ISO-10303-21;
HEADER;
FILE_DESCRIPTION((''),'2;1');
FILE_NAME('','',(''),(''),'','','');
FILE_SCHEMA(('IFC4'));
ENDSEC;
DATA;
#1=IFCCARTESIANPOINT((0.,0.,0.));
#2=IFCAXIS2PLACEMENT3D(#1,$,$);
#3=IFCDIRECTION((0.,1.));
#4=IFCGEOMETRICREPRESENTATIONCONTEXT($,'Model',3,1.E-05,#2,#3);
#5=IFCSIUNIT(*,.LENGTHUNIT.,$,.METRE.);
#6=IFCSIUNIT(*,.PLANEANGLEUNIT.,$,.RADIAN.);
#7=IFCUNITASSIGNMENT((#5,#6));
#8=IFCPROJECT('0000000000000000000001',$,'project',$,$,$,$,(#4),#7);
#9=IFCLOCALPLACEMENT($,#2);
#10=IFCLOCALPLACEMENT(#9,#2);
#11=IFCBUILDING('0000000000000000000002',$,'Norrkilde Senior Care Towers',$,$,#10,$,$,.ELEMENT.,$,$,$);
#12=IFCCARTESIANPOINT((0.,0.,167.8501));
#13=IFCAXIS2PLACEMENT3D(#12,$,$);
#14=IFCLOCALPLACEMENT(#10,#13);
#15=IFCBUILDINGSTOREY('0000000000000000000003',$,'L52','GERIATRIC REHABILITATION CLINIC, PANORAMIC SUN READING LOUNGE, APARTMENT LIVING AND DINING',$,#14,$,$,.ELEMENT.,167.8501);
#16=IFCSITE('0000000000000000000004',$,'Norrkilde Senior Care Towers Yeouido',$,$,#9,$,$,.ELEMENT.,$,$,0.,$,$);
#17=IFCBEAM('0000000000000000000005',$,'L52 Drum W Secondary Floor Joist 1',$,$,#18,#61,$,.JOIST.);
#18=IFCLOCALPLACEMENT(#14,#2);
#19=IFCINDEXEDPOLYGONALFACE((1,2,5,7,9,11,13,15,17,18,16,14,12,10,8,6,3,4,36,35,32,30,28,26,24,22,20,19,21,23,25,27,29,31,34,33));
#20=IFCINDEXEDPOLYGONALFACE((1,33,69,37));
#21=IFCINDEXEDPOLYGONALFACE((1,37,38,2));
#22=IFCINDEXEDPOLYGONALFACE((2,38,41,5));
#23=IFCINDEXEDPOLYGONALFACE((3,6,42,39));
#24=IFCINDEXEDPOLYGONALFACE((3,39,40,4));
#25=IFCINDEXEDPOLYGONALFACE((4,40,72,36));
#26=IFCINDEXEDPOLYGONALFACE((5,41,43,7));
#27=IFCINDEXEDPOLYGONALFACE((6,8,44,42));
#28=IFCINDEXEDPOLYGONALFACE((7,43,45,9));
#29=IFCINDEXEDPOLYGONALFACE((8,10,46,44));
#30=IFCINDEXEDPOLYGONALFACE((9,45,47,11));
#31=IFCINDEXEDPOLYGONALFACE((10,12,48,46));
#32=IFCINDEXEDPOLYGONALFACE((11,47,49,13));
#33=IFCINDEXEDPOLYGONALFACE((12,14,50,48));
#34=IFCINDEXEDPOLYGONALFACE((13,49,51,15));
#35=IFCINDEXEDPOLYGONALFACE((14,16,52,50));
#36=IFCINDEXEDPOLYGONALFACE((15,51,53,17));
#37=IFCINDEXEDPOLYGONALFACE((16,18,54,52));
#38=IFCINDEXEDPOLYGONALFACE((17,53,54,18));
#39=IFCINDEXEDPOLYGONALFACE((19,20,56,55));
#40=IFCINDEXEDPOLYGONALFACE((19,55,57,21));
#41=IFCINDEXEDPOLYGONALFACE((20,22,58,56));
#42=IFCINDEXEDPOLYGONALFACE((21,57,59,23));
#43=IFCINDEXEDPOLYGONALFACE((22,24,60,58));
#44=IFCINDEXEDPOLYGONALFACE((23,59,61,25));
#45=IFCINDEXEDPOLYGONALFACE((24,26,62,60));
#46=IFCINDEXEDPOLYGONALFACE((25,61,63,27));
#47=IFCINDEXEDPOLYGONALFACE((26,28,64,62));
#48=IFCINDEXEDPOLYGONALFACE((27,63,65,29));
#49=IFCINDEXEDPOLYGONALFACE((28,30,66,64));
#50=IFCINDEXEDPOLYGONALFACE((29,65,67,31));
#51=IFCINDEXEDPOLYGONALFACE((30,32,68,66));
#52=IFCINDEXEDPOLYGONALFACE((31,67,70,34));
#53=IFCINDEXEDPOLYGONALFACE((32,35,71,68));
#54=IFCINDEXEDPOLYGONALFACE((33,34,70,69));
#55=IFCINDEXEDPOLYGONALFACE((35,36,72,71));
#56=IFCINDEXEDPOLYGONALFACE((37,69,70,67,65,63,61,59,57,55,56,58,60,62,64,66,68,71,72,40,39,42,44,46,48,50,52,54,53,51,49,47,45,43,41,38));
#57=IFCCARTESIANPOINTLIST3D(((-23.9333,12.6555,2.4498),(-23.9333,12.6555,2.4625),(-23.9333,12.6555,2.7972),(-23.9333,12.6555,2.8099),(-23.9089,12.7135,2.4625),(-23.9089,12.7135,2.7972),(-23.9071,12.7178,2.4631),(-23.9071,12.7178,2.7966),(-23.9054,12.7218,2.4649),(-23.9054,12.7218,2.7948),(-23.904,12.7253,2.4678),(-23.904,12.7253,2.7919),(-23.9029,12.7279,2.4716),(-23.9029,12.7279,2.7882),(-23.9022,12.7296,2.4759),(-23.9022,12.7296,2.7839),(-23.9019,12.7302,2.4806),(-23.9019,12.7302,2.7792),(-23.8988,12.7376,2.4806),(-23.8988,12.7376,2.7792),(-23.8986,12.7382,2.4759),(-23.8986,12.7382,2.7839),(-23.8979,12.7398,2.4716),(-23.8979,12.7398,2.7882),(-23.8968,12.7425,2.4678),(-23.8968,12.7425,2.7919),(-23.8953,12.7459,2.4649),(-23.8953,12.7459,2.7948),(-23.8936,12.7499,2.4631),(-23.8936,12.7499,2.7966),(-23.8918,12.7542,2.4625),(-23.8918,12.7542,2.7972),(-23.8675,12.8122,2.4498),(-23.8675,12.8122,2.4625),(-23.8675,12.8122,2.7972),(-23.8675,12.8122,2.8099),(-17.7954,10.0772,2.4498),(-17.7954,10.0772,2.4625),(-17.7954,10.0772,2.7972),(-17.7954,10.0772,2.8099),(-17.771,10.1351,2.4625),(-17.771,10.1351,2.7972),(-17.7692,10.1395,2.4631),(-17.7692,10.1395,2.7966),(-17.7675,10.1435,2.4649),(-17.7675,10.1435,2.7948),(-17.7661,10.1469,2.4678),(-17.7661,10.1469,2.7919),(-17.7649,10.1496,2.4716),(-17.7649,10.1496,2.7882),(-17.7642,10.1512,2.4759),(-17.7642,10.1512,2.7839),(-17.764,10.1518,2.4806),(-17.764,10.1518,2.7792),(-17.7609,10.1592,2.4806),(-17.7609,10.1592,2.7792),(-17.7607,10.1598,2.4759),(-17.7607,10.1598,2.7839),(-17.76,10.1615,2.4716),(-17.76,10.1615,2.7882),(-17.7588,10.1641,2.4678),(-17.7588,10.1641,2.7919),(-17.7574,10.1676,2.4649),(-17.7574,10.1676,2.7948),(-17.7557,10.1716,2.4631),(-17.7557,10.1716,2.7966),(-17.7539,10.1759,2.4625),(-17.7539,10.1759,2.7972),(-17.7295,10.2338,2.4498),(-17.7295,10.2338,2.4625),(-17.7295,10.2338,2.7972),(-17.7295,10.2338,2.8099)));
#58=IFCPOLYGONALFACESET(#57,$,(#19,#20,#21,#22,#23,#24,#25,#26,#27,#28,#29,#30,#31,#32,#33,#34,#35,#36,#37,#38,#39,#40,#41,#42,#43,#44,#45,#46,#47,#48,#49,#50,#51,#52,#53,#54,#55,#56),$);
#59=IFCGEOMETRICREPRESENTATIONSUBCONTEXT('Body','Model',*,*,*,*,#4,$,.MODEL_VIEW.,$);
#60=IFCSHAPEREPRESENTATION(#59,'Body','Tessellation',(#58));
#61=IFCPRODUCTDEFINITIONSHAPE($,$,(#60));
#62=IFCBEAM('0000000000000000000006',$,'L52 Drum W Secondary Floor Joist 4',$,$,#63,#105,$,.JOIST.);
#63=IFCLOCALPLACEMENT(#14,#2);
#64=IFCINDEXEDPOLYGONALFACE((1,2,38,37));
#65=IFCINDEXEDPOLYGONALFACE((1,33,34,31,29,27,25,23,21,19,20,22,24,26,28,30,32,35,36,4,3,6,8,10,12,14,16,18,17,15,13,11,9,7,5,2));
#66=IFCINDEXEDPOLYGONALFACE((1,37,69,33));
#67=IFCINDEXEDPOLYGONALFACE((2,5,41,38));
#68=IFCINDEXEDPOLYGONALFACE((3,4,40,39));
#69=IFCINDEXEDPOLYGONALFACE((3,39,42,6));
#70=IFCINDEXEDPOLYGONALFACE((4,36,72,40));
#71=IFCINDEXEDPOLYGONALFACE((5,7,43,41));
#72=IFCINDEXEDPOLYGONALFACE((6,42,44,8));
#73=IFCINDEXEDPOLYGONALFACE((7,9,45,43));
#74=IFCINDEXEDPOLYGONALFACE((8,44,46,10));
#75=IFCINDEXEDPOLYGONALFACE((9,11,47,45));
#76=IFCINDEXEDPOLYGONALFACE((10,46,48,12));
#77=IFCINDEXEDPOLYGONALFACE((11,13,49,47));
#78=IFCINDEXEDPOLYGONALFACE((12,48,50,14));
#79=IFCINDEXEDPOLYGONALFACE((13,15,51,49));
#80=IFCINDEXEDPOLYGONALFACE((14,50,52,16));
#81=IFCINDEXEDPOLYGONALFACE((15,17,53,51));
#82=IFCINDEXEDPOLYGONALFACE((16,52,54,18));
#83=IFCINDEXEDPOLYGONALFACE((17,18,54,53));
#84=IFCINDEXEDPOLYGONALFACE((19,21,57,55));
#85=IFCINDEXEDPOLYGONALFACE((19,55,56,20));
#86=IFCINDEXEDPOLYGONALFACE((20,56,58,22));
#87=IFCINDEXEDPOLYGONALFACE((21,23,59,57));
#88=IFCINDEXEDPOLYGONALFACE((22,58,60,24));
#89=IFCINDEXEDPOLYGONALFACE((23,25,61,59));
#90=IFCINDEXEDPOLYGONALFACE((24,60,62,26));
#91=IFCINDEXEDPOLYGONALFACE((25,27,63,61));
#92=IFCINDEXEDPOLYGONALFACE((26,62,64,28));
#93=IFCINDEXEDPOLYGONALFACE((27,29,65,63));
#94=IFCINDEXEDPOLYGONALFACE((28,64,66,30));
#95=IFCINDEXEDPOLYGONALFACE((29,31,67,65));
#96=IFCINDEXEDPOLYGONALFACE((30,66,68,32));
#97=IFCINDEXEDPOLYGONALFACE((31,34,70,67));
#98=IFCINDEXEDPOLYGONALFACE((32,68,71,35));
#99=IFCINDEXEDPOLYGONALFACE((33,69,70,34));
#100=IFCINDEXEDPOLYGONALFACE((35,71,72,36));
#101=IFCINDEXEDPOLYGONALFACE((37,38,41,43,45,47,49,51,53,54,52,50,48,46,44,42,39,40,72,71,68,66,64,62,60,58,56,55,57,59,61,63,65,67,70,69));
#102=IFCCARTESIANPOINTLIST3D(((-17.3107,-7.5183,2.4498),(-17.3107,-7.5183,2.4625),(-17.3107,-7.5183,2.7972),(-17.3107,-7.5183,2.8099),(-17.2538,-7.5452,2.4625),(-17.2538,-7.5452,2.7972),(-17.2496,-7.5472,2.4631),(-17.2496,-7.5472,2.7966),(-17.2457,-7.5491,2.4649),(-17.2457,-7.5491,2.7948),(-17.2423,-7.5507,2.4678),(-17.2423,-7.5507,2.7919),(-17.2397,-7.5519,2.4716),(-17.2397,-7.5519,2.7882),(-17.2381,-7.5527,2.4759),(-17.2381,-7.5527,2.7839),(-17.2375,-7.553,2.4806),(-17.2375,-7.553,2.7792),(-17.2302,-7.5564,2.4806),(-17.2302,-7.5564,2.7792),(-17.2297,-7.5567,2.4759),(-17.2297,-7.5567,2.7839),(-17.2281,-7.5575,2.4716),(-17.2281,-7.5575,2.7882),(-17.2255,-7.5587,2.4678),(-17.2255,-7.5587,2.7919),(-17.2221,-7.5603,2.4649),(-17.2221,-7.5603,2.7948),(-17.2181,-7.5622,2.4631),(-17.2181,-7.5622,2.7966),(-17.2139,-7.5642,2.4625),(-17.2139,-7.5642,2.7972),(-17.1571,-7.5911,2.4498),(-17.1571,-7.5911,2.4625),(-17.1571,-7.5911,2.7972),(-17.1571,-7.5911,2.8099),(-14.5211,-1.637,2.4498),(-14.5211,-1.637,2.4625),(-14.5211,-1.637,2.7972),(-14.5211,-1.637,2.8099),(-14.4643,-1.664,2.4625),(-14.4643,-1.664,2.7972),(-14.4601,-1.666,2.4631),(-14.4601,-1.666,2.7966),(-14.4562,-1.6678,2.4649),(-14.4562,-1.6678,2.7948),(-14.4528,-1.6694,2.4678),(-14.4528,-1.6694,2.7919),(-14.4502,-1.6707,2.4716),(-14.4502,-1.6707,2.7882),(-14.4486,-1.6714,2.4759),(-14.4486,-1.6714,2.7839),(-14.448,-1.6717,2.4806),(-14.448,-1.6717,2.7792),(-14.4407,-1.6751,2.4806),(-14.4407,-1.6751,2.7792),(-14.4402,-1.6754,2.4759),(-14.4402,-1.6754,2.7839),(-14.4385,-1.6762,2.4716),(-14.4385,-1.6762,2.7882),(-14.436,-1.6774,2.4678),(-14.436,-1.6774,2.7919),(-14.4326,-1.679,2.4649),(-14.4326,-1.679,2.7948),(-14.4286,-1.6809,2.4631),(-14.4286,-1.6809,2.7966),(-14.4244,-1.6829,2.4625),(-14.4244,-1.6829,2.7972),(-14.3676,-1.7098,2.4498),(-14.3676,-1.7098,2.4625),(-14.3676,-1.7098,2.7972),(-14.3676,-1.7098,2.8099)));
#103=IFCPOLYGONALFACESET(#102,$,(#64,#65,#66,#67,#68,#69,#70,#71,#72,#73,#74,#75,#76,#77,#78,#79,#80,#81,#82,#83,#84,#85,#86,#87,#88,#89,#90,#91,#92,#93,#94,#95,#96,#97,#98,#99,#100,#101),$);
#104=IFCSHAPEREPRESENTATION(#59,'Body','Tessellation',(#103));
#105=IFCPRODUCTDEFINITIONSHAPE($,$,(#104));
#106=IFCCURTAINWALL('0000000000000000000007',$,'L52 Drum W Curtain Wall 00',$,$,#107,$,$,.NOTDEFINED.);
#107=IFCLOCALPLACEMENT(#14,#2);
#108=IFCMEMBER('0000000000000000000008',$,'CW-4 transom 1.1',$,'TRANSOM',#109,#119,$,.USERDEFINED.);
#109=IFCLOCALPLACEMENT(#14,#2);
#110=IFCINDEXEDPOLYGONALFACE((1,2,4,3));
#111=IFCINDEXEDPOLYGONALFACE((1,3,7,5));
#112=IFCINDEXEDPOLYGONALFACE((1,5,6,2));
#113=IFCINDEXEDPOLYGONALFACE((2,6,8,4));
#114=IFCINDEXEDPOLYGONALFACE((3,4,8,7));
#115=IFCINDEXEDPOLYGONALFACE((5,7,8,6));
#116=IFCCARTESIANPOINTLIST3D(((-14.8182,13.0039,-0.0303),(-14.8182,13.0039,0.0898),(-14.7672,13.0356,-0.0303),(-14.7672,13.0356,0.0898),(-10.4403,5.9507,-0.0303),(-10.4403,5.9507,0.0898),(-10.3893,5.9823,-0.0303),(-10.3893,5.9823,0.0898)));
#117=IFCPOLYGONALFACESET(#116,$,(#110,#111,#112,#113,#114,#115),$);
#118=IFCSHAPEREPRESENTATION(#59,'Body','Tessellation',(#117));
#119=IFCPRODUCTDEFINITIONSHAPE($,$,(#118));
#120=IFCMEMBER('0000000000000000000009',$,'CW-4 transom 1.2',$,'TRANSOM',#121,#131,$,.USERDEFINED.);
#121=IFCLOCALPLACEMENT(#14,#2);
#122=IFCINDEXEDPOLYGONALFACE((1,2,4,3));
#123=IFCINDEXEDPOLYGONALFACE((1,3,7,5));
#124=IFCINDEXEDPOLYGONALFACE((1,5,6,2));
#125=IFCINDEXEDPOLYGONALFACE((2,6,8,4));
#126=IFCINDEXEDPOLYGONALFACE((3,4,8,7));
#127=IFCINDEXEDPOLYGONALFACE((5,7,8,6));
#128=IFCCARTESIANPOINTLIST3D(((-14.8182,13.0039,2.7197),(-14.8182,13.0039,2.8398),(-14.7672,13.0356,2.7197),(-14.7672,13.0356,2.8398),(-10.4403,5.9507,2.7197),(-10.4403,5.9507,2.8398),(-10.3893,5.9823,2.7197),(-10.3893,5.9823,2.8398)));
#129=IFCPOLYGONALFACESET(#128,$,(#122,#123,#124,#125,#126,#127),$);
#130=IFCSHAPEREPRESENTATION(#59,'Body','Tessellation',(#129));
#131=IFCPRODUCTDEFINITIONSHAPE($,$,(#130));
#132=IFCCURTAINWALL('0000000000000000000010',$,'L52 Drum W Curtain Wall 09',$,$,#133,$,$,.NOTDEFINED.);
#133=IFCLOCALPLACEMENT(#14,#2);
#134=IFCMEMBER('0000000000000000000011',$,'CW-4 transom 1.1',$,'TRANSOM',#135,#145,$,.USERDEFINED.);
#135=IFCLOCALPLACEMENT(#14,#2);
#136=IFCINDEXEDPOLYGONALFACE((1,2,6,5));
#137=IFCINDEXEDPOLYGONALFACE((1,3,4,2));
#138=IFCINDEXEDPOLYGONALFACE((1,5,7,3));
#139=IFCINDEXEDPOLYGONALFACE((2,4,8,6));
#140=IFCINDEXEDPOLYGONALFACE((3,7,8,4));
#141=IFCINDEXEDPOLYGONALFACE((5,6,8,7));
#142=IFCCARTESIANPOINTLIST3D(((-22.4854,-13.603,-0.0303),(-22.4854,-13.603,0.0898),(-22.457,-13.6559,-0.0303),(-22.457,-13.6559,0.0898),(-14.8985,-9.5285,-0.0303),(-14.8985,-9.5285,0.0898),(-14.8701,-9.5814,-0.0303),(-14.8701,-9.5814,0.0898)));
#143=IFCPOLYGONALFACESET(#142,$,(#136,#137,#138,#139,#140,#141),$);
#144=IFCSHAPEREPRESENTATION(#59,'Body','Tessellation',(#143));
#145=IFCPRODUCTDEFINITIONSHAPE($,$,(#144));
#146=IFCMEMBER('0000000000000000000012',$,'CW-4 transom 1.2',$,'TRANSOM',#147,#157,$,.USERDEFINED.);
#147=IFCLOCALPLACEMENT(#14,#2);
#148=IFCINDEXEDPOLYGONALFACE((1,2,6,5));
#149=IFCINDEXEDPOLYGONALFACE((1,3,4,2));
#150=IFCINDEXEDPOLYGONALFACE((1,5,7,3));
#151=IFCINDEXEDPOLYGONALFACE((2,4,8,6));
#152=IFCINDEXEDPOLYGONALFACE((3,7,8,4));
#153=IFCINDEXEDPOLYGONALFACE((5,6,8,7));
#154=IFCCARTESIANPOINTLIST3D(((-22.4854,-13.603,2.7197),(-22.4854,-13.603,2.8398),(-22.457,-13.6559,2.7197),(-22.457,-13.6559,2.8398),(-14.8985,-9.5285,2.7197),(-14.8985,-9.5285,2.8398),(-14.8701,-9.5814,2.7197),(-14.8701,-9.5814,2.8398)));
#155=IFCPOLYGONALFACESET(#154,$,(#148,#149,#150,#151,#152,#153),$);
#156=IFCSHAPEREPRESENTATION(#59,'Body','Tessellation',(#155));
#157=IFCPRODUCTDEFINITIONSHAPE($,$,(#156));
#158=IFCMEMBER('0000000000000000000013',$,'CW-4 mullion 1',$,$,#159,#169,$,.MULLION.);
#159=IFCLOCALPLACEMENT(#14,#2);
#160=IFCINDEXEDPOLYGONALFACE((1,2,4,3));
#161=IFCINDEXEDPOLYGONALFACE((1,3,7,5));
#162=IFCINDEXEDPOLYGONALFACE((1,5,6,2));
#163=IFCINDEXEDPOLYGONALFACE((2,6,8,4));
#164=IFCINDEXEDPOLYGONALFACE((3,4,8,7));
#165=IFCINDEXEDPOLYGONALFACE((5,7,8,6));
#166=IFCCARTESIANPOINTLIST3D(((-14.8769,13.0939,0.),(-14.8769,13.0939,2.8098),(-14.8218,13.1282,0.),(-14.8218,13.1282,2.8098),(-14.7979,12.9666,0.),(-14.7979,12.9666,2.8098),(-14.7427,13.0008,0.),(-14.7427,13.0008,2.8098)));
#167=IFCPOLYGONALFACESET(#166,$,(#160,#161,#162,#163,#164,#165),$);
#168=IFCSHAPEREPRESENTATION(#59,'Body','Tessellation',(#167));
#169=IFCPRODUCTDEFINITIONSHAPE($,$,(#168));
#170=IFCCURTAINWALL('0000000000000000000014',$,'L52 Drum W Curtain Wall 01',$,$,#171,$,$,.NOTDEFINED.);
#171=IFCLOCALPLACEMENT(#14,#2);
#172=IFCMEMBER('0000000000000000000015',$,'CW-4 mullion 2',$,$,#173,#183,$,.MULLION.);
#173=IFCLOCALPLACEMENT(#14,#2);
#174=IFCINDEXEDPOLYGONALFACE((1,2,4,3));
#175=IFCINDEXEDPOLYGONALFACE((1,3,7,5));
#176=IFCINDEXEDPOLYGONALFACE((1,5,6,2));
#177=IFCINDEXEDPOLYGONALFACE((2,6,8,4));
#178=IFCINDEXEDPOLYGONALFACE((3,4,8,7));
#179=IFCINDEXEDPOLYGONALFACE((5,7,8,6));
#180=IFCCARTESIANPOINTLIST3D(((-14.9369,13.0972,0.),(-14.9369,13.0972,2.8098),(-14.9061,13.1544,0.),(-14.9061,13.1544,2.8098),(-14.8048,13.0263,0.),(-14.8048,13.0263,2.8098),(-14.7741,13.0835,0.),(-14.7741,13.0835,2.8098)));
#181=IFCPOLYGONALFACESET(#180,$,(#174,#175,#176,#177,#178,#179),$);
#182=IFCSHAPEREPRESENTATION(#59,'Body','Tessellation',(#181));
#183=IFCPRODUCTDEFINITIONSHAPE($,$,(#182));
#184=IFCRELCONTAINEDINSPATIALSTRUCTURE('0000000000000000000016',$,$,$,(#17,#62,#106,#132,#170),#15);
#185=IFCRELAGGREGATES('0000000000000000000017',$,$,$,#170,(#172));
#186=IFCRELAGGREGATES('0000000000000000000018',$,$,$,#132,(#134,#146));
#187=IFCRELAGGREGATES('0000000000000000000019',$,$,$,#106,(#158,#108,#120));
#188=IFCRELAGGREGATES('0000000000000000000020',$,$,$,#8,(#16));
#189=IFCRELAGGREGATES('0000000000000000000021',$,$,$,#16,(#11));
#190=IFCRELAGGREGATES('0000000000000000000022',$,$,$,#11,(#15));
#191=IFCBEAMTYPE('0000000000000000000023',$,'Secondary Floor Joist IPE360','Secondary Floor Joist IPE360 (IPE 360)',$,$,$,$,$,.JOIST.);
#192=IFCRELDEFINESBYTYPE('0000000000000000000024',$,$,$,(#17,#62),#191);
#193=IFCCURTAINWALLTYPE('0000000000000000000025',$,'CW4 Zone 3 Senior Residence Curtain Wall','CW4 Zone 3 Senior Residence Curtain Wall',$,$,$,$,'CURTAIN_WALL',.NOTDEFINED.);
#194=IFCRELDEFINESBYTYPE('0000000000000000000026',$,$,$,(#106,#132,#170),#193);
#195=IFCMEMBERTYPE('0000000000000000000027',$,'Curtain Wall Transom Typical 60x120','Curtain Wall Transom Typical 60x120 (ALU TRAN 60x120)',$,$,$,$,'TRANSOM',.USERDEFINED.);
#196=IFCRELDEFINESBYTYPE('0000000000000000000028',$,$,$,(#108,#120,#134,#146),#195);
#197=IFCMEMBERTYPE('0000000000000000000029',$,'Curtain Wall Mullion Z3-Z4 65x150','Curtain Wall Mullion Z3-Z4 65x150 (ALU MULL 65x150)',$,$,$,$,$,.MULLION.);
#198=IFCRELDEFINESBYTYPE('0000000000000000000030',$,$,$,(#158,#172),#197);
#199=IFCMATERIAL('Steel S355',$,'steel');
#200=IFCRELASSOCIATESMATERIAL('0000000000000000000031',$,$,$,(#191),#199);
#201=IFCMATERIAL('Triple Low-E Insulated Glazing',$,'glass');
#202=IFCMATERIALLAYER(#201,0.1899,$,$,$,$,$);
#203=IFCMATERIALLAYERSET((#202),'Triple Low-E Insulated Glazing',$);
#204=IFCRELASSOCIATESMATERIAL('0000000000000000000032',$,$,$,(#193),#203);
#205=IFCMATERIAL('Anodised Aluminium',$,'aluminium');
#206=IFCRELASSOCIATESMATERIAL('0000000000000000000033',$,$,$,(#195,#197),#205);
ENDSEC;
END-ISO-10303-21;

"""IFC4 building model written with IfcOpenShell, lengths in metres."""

from ifc_helpers import new_model, si_unit, direction, frame, origin, origin_2d, place, context, subcontext, project, spatial, rectangle, i_section, extrude, source, transform, mapped, material, layer, layer_set, material_profile, profile_set, type_object, type_shapes, element, aggregate, save


model = new_model("IFC4")

# Units and contexts
model_context = context("Model", 3, precision=1e-05, world=origin(), true_north=direction((0.0, 1.0)))
body_context = subcontext(model_context, "Body", "Model", "MODEL_VIEW")
ifc_project = project(units=[si_unit("LENGTHUNIT", "METRE"), si_unit("PLANEANGLEUNIT", "RADIAN")], contexts=[model_context])

# Site, building, storey
site_placement = place(None, origin())
site = spatial("IfcSite", under=ifc_project, at=site_placement, Name="Norrkilde Senior Care Towers Yeouido", CompositionType="ELEMENT", RefElevation=0.0)
building_placement = place(site_placement, origin())
building = spatial("IfcBuilding", under=site, at=building_placement, Name="Norrkilde Senior Care Towers", CompositionType="ELEMENT")
storey_placement = place(building_placement, frame((0.0, 0.0, 167.8501)))
storey = spatial("IfcBuildingStorey", under=building, at=storey_placement, Name="L52", Description="GERIATRIC REHABILITATION CLINIC, PANORAMIC SUN READING LOUNGE, APARTMENT LIVING AND DINING", CompositionType="ELEMENT", Elevation=167.8501)

# Beams
ifc_material_1 = material(Name="Steel S355", Category="steel")
ifc_material_profile_1 = material_profile(ifc_material_1, i_section(OverallWidth=0.1699, OverallDepth=0.3601, WebThickness=0.0081, FlangeThickness=0.0127, FilletRadius=0.0181, at=origin_2d()), Name="IPE 360")
ifc_profile_set_1 = profile_set([ifc_material_profile_1], Name="Steel S355")
beam_type_1 = type_object("IfcBeamType", Name="Secondary Floor Joist IPE360", Description="Secondary Floor Joist IPE360 (IPE 360)", PredefinedType="JOIST", material=ifc_profile_set_1)
shared_shape_1 = source(origin(), body_context, "Body", "SweptSolid", [
    extrude(i_section(OverallWidth=0.1699, OverallDepth=0.3601, WebThickness=0.0081, FlangeThickness=0.0127, FilletRadius=0.0181, at=origin_2d()), origin(), (0.0, 0.0, 1.0), 6.6575),
])
beam_1_placement = place(storey_placement, frame((-17.7625, 10.1555, 2.6299), z_axis=(-0.921959, 0.387288, 0.0), x_axis=(-0.387288, -0.921959, 0.0)))
element("IfcBeam", 1, at=beam_1_placement, inside=storey, type_object=beam_type_1, Name="L52 Drum W Secondary Floor Joist 1", PredefinedType="JOIST", context=body_context, shape_type="MappedRepresentation", body=[
    mapped(shared_shape_1, transform((0.0, 0.0, 0.0), x_axis=(1.0, 0.0, 0.0), y_axis=(0.0, 1.0, 0.0), z_axis=(0.0, 0.0, 1.0), scale=1.0)),
])
shared_shape_2 = source(origin(), body_context, "Body", "SweptSolid", [
    extrude(i_section(OverallWidth=0.1699, OverallDepth=0.3601, WebThickness=0.0081, FlangeThickness=0.0127, FilletRadius=0.0181, at=origin_2d()), origin(), (0.0, 0.0, 1.0), 6.5093),
])
type_shapes(beam_type_1, [shared_shape_1, shared_shape_2])
beam_2_placement = place(storey_placement, frame((-17.2339, -7.5547, 2.6299), z_axis=(0.428544, 0.903521, 0.0), x_axis=(-0.903521, 0.428544, 0.0)))
element("IfcBeam", 2, at=beam_2_placement, inside=storey, type_object=beam_type_1, Name="L52 Drum W Secondary Floor Joist 4", PredefinedType="JOIST", context=body_context, shape_type="MappedRepresentation", body=[
    mapped(shared_shape_2, transform((0.0, 0.0, 0.0), x_axis=(1.0, 0.0, 0.0), y_axis=(0.0, 1.0, 0.0), z_axis=(0.0, 0.0, 1.0), scale=1.0)),
])

# Curtain walls, members
ifc_material_2 = material(Name="Triple Low-E Insulated Glazing", Category="glass")
ifc_layer_1 = layer(ifc_material_2, 0.1899)
ifc_layer_set_1 = layer_set([ifc_layer_1], Name="Triple Low-E Insulated Glazing")
curtain_wall_type = type_object("IfcCurtainWallType", Name="CW4 Zone 3 Senior Residence Curtain Wall", Description="CW4 Zone 3 Senior Residence Curtain Wall", ElementType="CURTAIN_WALL", PredefinedType="NOTDEFINED", material=ifc_layer_set_1)
curtain_wall_1_placement = place(storey_placement, origin())
curtain_wall_1 = element("IfcCurtainWall", 3, at=curtain_wall_1_placement, inside=storey, type_object=curtain_wall_type, Name="L52 Drum W Curtain Wall 00", PredefinedType="NOTDEFINED")
ifc_material_3 = material(Name="Anodised Aluminium", Category="aluminium")
ifc_material_profile_2 = material_profile(ifc_material_3, rectangle(XDim=0.0601, YDim=0.1201, at=origin_2d()), Name="ALU TRAN 60x120")
ifc_profile_set_2 = profile_set([ifc_material_profile_2], Name="Anodised Aluminium")
member_type_1 = type_object("IfcMemberType", Name="Curtain Wall Transom Typical 60x120", Description="Curtain Wall Transom Typical 60x120 (ALU TRAN 60x120)", ElementType="TRANSOM", PredefinedType="USERDEFINED", material=ifc_profile_set_2)
shared_shape_3 = source(origin(), body_context, "Body", "SweptSolid", [
    extrude(rectangle(XDim=0.0601, YDim=0.1201, at=origin_2d()), origin(), (0.0, 0.0, 1.0), 8.3015),
])
member_1_placement = place(storey_placement, frame((-14.7927, 13.0198, 0.0298), z_axis=(0.527369, -0.849637, 0.0), x_axis=(0.849637, 0.527369, 0.0)))
member_1 = element("IfcMember", 4, at=member_1_placement, type_object=member_type_1, Name="CW-4 transom 1.1", ObjectType="TRANSOM", PredefinedType="USERDEFINED", context=body_context, shape_type="MappedRepresentation", body=[
    mapped(shared_shape_3, transform((0.0, 0.0, 0.0), x_axis=(1.0, 0.0, 0.0), y_axis=(0.0, 1.0, 0.0), z_axis=(0.0, 0.0, 1.0), scale=1.0)),
])
member_2_placement = place(storey_placement, frame((-14.7927, 13.0198, 2.7798), z_axis=(0.527369, -0.849637, 0.0), x_axis=(0.849637, 0.527369, 0.0)))
member_2 = element("IfcMember", 5, at=member_2_placement, type_object=member_type_1, Name="CW-4 transom 1.2", ObjectType="TRANSOM", PredefinedType="USERDEFINED", context=body_context, shape_type="MappedRepresentation", body=[
    mapped(shared_shape_3, transform((0.0, 0.0, 0.0), x_axis=(1.0, 0.0, 0.0), y_axis=(0.0, 1.0, 0.0), z_axis=(0.0, 0.0, 1.0), scale=1.0)),
])
curtain_wall_2_placement = place(storey_placement, origin())
curtain_wall_2 = element("IfcCurtainWall", 6, at=curtain_wall_2_placement, inside=storey, type_object=curtain_wall_type, Name="L52 Drum W Curtain Wall 09", PredefinedType="NOTDEFINED")
shared_shape_4 = source(origin(), body_context, "Body", "SweptSolid", [
    extrude(rectangle(XDim=0.0601, YDim=0.1201, at=origin_2d()), origin(), (0.0, 0.0, 1.0), 8.6118),
])
type_shapes(member_type_1, [shared_shape_3, shared_shape_4])
member_3_placement = place(storey_placement, frame((-14.8843, -9.5549, 0.0298), z_axis=(-0.880994, -0.473127, 0.0), x_axis=(0.473127, -0.880994, 0.0)))
member_3 = element("IfcMember", 7, at=member_3_placement, type_object=member_type_1, Name="CW-4 transom 1.1", ObjectType="TRANSOM", PredefinedType="USERDEFINED", context=body_context, shape_type="MappedRepresentation", body=[
    mapped(shared_shape_4, transform((0.0, 0.0, 0.0), x_axis=(1.0, 0.0, 0.0), y_axis=(0.0, 1.0, 0.0), z_axis=(0.0, 0.0, 1.0), scale=1.0)),
])
member_4_placement = place(storey_placement, frame((-14.8843, -9.5549, 2.7798), z_axis=(-0.880994, -0.473127, 0.0), x_axis=(0.473127, -0.880994, 0.0)))
member_4 = element("IfcMember", 8, at=member_4_placement, type_object=member_type_1, Name="CW-4 transom 1.2", ObjectType="TRANSOM", PredefinedType="USERDEFINED", context=body_context, shape_type="MappedRepresentation", body=[
    mapped(shared_shape_4, transform((0.0, 0.0, 0.0), x_axis=(1.0, 0.0, 0.0), y_axis=(0.0, 1.0, 0.0), z_axis=(0.0, 0.0, 1.0), scale=1.0)),
])

# Member
ifc_material_profile_3 = material_profile(ifc_material_3, rectangle(XDim=0.0649, YDim=0.1499, at=origin_2d()), Name="ALU MULL 65x150")
ifc_profile_set_3 = profile_set([ifc_material_profile_3], Name="Anodised Aluminium")
member_type_2 = type_object("IfcMemberType", Name="Curtain Wall Mullion Z3-Z4 65x150", Description="Curtain Wall Mullion Z3-Z4 65x150 (ALU MULL 65x150)", PredefinedType="MULLION", material=ifc_profile_set_3)
shared_shape_5 = source(origin(), body_context, "Body", "SweptSolid", [
    extrude(rectangle(XDim=0.0649, YDim=0.1499, at=origin_2d()), origin(), (0.0, 0.0, 1.0), 2.8098),
])
type_shapes(member_type_2, [shared_shape_5])
member_5_placement = place(storey_placement, frame((-14.8098, 13.0474, 0.0), z_axis=(0.0, 0.0, 1.0), x_axis=(0.849634, 0.527373, 0.0)))
member_5 = element("IfcMember", 9, at=member_5_placement, type_object=member_type_2, Name="CW-4 mullion 1", PredefinedType="MULLION", context=body_context, shape_type="MappedRepresentation", body=[
    mapped(shared_shape_5, transform((0.0, 0.0, 0.0), x_axis=(1.0, 0.0, 0.0), y_axis=(0.0, 1.0, 0.0), z_axis=(0.0, 0.0, 1.0), scale=1.0)),
])

# Curtain wall, member
curtain_wall_3_placement = place(storey_placement, origin())
curtain_wall_3 = element("IfcCurtainWall", 10, at=curtain_wall_3_placement, inside=storey, type_object=curtain_wall_type, Name="L52 Drum W Curtain Wall 01", PredefinedType="NOTDEFINED")
member_6_placement = place(storey_placement, frame((-14.8555, 13.0903, 0.0), z_axis=(0.0, 0.0, 1.0), x_axis=(0.473117, 0.881, 0.0)))
member_6 = element("IfcMember", 11, at=member_6_placement, type_object=member_type_2, Name="CW-4 mullion 2", PredefinedType="MULLION", context=body_context, shape_type="MappedRepresentation", body=[
    mapped(shared_shape_5, transform((0.0, 0.0, 0.0), x_axis=(1.0, 0.0, 0.0), y_axis=(0.0, 1.0, 0.0), z_axis=(0.0, 0.0, 1.0), scale=1.0)),
])
aggregate(curtain_wall_3, [member_6])

aggregate(curtain_wall_2, [member_3, member_4])

aggregate(curtain_wall_1, [member_5, member_1, member_2])

save(model, "model.ifc")
